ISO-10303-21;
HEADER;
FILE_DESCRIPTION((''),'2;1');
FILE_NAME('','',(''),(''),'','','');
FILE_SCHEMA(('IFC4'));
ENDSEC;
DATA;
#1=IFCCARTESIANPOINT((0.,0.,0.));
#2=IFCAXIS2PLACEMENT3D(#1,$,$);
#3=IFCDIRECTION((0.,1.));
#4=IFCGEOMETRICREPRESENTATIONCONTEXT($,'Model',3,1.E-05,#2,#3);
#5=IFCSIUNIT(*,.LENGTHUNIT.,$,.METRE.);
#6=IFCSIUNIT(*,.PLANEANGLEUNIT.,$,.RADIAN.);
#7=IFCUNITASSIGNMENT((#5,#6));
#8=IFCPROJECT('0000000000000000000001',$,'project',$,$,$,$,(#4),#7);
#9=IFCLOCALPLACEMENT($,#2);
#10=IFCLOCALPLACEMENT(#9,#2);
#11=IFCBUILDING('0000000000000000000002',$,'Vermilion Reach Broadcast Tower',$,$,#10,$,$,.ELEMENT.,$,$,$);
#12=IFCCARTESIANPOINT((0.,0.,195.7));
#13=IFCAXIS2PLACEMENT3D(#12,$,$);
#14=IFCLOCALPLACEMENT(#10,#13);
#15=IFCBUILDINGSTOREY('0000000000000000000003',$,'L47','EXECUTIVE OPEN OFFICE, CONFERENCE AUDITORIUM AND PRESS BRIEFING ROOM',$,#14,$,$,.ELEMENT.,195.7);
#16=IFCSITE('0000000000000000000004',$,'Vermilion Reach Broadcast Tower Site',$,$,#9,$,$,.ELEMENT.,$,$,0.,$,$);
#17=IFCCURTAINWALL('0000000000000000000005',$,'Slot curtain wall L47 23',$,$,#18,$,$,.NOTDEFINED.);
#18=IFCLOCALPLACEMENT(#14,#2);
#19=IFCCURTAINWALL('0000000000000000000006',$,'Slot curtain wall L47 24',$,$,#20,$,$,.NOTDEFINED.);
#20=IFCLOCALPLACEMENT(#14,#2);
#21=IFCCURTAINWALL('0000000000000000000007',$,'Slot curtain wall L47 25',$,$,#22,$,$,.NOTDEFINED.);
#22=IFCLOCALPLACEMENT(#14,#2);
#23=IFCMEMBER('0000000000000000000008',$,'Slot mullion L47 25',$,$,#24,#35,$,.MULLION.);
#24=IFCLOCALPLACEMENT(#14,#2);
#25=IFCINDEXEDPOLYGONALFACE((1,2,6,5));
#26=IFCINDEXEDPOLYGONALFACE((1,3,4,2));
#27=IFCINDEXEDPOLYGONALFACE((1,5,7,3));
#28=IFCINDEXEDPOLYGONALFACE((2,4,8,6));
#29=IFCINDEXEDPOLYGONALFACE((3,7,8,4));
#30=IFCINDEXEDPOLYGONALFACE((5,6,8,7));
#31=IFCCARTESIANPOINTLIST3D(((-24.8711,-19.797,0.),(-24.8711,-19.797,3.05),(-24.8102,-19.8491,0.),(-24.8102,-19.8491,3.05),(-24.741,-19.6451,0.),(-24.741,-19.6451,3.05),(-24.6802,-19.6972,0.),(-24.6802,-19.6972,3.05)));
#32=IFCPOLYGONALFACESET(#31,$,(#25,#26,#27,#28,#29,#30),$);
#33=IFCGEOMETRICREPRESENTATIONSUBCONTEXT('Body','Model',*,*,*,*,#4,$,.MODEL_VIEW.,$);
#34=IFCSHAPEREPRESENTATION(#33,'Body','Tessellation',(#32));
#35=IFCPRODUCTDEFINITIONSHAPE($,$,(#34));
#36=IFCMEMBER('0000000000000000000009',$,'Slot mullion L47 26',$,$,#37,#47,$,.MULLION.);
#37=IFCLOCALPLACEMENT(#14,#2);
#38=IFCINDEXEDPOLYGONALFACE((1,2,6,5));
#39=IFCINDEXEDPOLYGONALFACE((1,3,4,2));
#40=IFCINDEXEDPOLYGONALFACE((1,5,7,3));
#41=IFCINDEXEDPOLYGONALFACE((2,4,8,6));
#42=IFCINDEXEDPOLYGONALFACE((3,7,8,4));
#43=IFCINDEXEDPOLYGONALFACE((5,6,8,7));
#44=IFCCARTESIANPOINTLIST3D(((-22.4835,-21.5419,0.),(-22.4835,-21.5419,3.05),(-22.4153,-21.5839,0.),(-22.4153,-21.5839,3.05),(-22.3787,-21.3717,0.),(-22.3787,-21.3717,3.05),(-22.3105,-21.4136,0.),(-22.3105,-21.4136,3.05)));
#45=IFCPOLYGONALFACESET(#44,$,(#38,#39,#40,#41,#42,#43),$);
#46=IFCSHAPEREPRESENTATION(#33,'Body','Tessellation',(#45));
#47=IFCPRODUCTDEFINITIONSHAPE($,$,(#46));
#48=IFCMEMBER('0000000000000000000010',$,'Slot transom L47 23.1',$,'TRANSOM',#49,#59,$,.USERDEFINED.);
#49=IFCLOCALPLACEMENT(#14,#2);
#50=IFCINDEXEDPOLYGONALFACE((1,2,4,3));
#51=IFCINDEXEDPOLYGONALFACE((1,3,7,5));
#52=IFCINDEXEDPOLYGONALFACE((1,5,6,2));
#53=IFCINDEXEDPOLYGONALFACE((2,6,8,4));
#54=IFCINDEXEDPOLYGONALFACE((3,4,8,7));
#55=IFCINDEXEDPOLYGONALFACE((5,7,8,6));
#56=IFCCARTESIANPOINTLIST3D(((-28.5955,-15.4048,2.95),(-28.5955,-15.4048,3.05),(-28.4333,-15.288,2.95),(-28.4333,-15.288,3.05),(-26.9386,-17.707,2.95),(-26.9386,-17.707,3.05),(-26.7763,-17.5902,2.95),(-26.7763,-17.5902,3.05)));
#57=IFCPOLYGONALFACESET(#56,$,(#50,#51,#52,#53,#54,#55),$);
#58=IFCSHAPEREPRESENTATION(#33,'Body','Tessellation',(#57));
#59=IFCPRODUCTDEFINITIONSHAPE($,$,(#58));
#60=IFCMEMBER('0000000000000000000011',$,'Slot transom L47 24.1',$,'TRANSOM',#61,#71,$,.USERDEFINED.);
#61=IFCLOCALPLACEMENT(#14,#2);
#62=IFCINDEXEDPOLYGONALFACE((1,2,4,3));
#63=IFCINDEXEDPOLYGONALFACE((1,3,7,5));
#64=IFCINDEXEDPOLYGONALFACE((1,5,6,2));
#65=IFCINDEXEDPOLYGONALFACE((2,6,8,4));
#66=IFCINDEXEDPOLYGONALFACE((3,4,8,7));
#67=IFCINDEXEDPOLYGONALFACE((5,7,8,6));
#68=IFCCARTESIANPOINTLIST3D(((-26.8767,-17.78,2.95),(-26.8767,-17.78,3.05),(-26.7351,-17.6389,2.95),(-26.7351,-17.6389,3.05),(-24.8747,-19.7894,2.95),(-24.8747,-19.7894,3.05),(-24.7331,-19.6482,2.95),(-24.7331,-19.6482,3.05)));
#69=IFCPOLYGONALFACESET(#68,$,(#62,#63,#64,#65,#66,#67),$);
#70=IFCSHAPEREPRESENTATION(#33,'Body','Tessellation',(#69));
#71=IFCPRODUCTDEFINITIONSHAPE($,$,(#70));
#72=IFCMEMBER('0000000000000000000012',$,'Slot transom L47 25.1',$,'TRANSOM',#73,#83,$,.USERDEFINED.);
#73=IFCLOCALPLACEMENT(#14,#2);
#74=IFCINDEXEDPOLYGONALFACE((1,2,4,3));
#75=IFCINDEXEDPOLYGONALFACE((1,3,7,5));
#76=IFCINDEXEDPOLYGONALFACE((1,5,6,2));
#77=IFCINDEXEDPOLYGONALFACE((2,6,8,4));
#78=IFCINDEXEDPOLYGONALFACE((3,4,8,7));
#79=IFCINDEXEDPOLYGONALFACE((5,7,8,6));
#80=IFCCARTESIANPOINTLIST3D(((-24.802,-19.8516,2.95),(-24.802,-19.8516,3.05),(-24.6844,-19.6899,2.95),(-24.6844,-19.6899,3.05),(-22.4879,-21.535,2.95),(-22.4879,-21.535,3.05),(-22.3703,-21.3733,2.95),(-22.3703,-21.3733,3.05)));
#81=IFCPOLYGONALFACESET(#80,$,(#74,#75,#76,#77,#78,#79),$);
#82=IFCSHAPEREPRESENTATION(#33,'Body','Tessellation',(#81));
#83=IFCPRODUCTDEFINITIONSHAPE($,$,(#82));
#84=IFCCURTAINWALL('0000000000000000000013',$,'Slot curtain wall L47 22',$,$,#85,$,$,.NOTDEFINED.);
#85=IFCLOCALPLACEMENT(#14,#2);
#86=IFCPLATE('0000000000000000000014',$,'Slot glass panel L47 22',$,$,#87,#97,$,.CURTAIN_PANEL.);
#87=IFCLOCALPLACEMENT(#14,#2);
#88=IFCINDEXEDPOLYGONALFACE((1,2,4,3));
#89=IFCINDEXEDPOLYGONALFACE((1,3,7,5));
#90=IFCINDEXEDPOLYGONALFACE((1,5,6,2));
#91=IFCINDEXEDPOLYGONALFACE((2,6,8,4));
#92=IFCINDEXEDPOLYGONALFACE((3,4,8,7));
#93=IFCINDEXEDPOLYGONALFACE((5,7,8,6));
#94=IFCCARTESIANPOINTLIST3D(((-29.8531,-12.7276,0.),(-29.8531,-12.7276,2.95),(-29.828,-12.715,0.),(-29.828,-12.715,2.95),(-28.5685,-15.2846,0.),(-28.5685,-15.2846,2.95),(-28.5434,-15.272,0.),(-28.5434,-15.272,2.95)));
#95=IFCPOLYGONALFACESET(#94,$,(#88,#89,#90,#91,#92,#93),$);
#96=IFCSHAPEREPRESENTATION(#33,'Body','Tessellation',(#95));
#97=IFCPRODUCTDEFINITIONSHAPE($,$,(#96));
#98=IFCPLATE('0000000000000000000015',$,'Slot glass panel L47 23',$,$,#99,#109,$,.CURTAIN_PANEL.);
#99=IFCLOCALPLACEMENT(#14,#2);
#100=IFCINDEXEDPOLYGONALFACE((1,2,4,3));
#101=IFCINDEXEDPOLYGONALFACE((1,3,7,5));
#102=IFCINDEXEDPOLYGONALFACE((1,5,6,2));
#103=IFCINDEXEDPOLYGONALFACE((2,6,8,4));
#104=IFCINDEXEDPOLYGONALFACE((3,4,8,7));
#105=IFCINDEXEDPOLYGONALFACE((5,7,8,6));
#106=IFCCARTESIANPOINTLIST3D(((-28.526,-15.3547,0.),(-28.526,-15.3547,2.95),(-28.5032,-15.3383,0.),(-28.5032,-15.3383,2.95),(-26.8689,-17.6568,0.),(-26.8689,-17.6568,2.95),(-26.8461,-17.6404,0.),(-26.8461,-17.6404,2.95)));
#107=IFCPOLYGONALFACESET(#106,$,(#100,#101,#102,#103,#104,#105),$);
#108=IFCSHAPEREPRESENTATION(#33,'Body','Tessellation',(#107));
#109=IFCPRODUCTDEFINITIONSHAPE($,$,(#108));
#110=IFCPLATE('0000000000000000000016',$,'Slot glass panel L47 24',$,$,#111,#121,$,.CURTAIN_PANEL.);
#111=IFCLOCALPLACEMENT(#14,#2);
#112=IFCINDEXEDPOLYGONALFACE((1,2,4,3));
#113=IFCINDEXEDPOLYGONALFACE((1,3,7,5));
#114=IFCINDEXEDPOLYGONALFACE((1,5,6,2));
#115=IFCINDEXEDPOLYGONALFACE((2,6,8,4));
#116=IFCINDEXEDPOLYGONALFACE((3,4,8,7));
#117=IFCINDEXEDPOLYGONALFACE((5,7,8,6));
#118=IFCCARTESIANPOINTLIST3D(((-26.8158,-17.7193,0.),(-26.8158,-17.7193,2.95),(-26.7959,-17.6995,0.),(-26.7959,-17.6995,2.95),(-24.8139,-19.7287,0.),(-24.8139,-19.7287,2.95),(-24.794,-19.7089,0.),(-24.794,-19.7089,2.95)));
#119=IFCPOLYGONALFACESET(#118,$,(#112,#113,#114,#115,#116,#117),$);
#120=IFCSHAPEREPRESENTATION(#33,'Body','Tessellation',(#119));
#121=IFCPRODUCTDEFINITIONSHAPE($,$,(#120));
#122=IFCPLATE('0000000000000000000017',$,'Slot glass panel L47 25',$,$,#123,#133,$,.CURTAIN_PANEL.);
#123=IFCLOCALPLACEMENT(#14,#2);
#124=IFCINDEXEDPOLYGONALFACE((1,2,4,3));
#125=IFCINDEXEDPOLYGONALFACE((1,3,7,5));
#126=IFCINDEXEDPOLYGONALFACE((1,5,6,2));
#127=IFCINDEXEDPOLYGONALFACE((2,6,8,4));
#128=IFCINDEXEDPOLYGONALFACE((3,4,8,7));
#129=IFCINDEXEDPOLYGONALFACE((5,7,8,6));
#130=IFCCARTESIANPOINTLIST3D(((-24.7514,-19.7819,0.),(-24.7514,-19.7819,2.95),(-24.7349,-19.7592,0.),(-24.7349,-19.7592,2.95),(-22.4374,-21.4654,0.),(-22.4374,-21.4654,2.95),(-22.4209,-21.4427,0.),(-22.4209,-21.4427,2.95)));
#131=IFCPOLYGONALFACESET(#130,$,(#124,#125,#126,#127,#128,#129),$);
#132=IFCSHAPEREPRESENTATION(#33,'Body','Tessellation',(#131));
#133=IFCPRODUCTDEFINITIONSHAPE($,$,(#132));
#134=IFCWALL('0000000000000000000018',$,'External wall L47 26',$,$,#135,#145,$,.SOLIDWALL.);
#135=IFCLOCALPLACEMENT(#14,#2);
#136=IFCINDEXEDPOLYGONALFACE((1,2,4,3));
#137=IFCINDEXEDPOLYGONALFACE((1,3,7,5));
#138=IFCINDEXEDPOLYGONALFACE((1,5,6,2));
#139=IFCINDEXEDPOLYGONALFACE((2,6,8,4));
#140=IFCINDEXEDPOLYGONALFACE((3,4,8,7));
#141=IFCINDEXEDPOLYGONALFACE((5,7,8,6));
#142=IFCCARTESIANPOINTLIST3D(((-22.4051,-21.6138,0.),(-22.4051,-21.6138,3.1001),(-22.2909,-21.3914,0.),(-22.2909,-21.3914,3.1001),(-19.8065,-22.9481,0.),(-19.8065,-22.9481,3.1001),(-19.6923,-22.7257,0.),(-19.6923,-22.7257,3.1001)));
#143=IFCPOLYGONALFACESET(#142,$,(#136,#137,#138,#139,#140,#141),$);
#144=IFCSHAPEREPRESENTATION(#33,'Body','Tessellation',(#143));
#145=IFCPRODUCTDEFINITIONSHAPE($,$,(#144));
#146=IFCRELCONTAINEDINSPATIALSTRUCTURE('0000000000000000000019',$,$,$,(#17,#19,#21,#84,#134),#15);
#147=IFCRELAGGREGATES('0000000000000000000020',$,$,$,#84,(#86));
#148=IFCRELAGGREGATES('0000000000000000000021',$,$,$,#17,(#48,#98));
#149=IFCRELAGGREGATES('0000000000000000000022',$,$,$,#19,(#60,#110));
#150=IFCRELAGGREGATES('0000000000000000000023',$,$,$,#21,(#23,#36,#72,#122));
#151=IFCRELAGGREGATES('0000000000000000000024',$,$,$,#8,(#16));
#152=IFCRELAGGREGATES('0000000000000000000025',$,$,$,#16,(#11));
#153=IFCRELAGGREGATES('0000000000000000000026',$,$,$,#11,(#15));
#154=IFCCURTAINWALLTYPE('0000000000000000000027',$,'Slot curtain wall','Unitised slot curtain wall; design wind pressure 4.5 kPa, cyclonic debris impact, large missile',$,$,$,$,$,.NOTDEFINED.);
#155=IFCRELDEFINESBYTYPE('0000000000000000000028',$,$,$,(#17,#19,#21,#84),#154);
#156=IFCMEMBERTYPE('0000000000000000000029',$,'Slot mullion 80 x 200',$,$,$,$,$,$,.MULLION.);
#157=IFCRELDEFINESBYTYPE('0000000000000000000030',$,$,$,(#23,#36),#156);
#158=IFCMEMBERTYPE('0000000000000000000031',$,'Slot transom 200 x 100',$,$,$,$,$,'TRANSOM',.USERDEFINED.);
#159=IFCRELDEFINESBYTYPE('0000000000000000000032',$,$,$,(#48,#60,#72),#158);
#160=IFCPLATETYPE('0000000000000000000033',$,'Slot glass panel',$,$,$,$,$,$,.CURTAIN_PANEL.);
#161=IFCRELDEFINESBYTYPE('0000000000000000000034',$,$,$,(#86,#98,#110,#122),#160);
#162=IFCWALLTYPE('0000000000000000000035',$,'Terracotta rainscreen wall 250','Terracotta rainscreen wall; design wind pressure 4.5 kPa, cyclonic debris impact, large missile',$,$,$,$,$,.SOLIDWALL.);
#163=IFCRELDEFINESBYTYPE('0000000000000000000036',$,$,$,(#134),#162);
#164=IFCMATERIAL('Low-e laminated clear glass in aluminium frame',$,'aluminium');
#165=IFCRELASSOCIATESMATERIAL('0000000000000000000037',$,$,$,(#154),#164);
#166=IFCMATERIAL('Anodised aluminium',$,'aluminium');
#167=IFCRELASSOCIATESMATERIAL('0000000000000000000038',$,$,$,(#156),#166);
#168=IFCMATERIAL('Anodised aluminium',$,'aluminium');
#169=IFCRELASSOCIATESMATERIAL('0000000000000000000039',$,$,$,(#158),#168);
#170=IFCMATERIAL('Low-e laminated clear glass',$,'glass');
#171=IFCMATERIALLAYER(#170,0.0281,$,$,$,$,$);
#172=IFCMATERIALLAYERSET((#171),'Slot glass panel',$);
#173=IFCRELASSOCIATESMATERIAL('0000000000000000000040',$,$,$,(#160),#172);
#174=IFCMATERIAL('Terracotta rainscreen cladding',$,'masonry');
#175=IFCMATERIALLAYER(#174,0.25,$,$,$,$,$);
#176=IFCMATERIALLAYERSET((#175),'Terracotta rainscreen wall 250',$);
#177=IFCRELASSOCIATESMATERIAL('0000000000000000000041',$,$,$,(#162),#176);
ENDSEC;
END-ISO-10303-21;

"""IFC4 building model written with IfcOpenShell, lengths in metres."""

from ifc_helpers import new_model, si_unit, direction, frame, frame_2d, origin, origin_2d, place, context, subcontext, project, spatial, rectangle, extrude, material, layer, layer_set, material_profile, profile_set, type_object, element, aggregate, save


model = new_model("IFC4")

# Units and contexts
model_context = context("Model", 3, precision=1e-05, world=origin(), true_north=direction((0.0, 1.0)))
body_context = subcontext(model_context, "Body", "Model", "MODEL_VIEW")
ifc_project = project(units=[si_unit("LENGTHUNIT", "METRE"), si_unit("PLANEANGLEUNIT", "RADIAN")], contexts=[model_context])

# Site, building, storey
site_placement = place(None, origin())
site = spatial("IfcSite", under=ifc_project, at=site_placement, Name="Vermilion Reach Broadcast Tower Site", CompositionType="ELEMENT", RefElevation=0.0)
building_placement = place(site_placement, origin())
building = spatial("IfcBuilding", under=site, at=building_placement, Name="Vermilion Reach Broadcast Tower", CompositionType="ELEMENT")
storey_placement = place(building_placement, frame((0.0, 0.0, 195.7)))
storey = spatial("IfcBuildingStorey", under=building, at=storey_placement, Name="L47", Description="EXECUTIVE OPEN OFFICE, CONFERENCE AUDITORIUM AND PRESS BRIEFING ROOM", CompositionType="ELEMENT", Elevation=195.7)

# Curtain walls
ifc_material_1 = material(Name="Low-e laminated clear glass in aluminium frame", Category="aluminium")
curtain_wall_type = type_object("IfcCurtainWallType", Name="Slot curtain wall", Description="Unitised slot curtain wall; design wind pressure 4.5 kPa, cyclonic debris impact, large missile", PredefinedType="NOTDEFINED", material=ifc_material_1)
placement = place(storey_placement, origin())
curtain_wall_1 = element("IfcCurtainWall", 1, at=placement, inside=storey, type_object=curtain_wall_type, Name="Slot curtain wall L47 23", PredefinedType="NOTDEFINED")
ifc_material_2 = material(Name="Anodised aluminium", Category="aluminium")
ifc_material_profile_1 = material_profile(ifc_material_2, rectangle(XDim=0.2, YDim=0.0801, at=origin_2d()), Name="Slot mullion 80 x 200")
ifc_profile_set_1 = profile_set([ifc_material_profile_1], Name="Anodised aluminium")
member_type_1 = type_object("IfcMemberType", Name="Slot mullion 80 x 200", PredefinedType="MULLION", material=ifc_profile_set_1)
curtain_wall_2 = element("IfcCurtainWall", 2, at=placement, inside=storey, type_object=curtain_wall_type, Name="Slot curtain wall L47 24", PredefinedType="NOTDEFINED")

# Curtain wall, members
curtain_wall_3 = element("IfcCurtainWall", 3, at=placement, inside=storey, type_object=curtain_wall_type, Name="Slot curtain wall L47 25", PredefinedType="NOTDEFINED")
member_1_placement = place(storey_placement, frame((-24.7756, -19.7471, 0.0), z_axis=(0.0, 0.0, 1.0), x_axis=(0.650391, 0.759599, 0.0)))
member_1 = element("IfcMember", 4, at=member_1_placement, type_object=member_type_1, Name="Slot mullion L47 25", PredefinedType="MULLION", context=body_context, shape_type="SweptSolid", body=[
    extrude(rectangle(XDim=0.2, YDim=0.0801, at=origin_2d()), origin(), (0.0, 0.0, 1.0), 3.05),
])
member_2_placement = place(storey_placement, frame((-22.397, -21.4778, 0.0), z_axis=(0.0, 0.0, 1.0), x_axis=(0.524083, 0.851667, 0.0)))
member_2 = element("IfcMember", 5, at=member_2_placement, type_object=member_type_1, Name="Slot mullion L47 26", PredefinedType="MULLION", context=body_context, shape_type="SweptSolid", body=[
    extrude(rectangle(XDim=0.2, YDim=0.0801, at=origin_2d()), origin(), (0.0, 0.0, 1.0), 3.05),
])

# Members
ifc_material_3 = material(Name="Anodised aluminium", Category="aluminium")
ifc_material_profile_2 = material_profile(ifc_material_3, rectangle(XDim=0.2, YDim=0.1001, at=origin_2d()), Name="Slot transom 200 x 100")
ifc_profile_set_2 = profile_set([ifc_material_profile_2], Name="Anodised aluminium")
member_type_2 = type_object("IfcMemberType", Name="Slot transom 200 x 100", ElementType="TRANSOM", PredefinedType="USERDEFINED", material=ifc_profile_set_2)
member_3_placement = place(storey_placement, frame((-28.5144, -15.3464, 3.0), z_axis=(0.584157, -0.81164, 0.0), x_axis=(0.81164, 0.584157, 0.0)))
member_3 = element("IfcMember", 6, at=member_3_placement, type_object=member_type_2, Name="Slot transom L47 23.1", ObjectType="TRANSOM", PredefinedType="USERDEFINED", context=body_context, shape_type="SweptSolid", body=[
    extrude(rectangle(XDim=0.2, YDim=0.1001, at=origin_2d()), origin(), (0.0, 0.0, 1.0), 2.8364),
])
member_4_placement = place(storey_placement, frame((-26.8059, -17.7095, 3.0), z_axis=(0.705814, -0.708397, 0.0), x_axis=(0.708397, 0.705814, 0.0)))
member_4 = element("IfcMember", 7, at=member_4_placement, type_object=member_type_2, Name="Slot transom L47 24.1", ObjectType="TRANSOM", PredefinedType="USERDEFINED", context=body_context, shape_type="SweptSolid", body=[
    extrude(rectangle(XDim=0.2, YDim=0.1001, at=origin_2d()), origin(), (0.0, 0.0, 1.0), 2.8364),
])
member_5_placement = place(storey_placement, frame((-24.7432, -19.7708, 3.0), z_axis=(0.808659, -0.588278, 0.0), x_axis=(0.588278, 0.808659, 0.0)))
member_5 = element("IfcMember", 8, at=member_5_placement, type_object=member_type_2, Name="Slot transom L47 25.1", ObjectType="TRANSOM", PredefinedType="USERDEFINED", context=body_context, shape_type="SweptSolid", body=[
    extrude(rectangle(XDim=0.2, YDim=0.1001, at=origin_2d()), origin(), (0.0, 0.0, 1.0), 2.8616),
])

# Curtain wall, plate
curtain_wall_4 = element("IfcCurtainWall", 9, at=placement, inside=storey, type_object=curtain_wall_type, Name="Slot curtain wall L47 22", PredefinedType="NOTDEFINED")
ifc_material_4 = material(Name="Low-e laminated clear glass", Category="glass")
ifc_layer_1 = layer(ifc_material_4, 0.0281)
ifc_layer_set_1 = layer_set([ifc_layer_1], Name="Slot glass panel")
plate_type = type_object("IfcPlateType", Name="Slot glass panel", PredefinedType="CURTAIN_PANEL", material=ifc_layer_set_1)
plate_1_placement = place(storey_placement, frame((-29.1982, -13.9998, 0.0), z_axis=(0.0, 0.0, 1.0), x_axis=(0.448936, -0.893564, 0.0)))
plate_1 = element("IfcPlate", 10, at=plate_1_placement, type_object=plate_type, Name="Slot glass panel L47 22", PredefinedType="CURTAIN_PANEL", context=body_context, shape_type="SweptSolid", body=[
    extrude(rectangle(XDim=2.8616, YDim=0.0281, at=origin_2d()), origin(), (0.0, 0.0, 1.0), 2.95),
])
aggregate(curtain_wall_4, [plate_1])

# Plates
plate_2_placement = place(storey_placement, frame((-27.686, -16.4976, 0.0), z_axis=(0.0, 0.0, 1.0), x_axis=(0.584204, -0.811607, 0.0)))
plate_2 = element("IfcPlate", 11, at=plate_2_placement, type_object=plate_type, Name="Slot glass panel L47 23", PredefinedType="CURTAIN_PANEL", context=body_context, shape_type="SweptSolid", body=[
    extrude(rectangle(XDim=2.8364, YDim=0.0281, at=origin_2d()), origin(), (0.0, 0.0, 1.0), 2.95),
])
aggregate(curtain_wall_1, [member_3, plate_2])
plate_3_placement = place(storey_placement, frame((-25.8049, -18.7141, 0.0), z_axis=(0.0, 0.0, 1.0), x_axis=(0.705788, -0.708423, 0.0)))
plate_3 = element("IfcPlate", 12, at=plate_3_placement, type_object=plate_type, Name="Slot glass panel L47 24", PredefinedType="CURTAIN_PANEL", context=body_context, shape_type="SweptSolid", body=[
    extrude(rectangle(XDim=2.8364, YDim=0.0281, at=origin_2d()), origin(), (0.0, 0.0, 1.0), 2.95),
])
aggregate(curtain_wall_2, [member_4, plate_3])
plate_4_placement = place(storey_placement, frame((-23.5862, -20.6123, 0.0), z_axis=(0.0, 0.0, 1.0), x_axis=(0.808653, -0.588286, 0.0)))
plate_4 = element("IfcPlate", 13, at=plate_4_placement, type_object=plate_type, Name="Slot glass panel L47 25", PredefinedType="CURTAIN_PANEL", context=body_context, shape_type="SweptSolid", body=[
    extrude(rectangle(XDim=2.8616, YDim=0.0281, at=origin_2d()), origin(), (0.0, 0.0, 1.0), 2.95),
])
aggregate(curtain_wall_3, [member_1, member_2, member_5, plate_4])

# Wall
ifc_material_5 = material(Name="Terracotta rainscreen cladding", Category="masonry")
ifc_layer_2 = layer(ifc_material_5, 0.25)
ifc_layer_set_2 = layer_set([ifc_layer_2], Name="Terracotta rainscreen wall 250")
wall_type = type_object("IfcWallType", Name="Terracotta rainscreen wall 250", Description="Terracotta rainscreen wall; design wind pressure 4.5 kPa, cyclonic debris impact, large missile", PredefinedType="SOLIDWALL", material=ifc_layer_set_2)
wall_placement = place(storey_placement, frame((-22.3479, -21.5027, 0.0), z_axis=(0.0, 0.0, 1.0), x_axis=(0.889595, -0.456749, 0.0)))
element("IfcWall", 14, at=wall_placement, inside=storey, type_object=wall_type, Name="External wall L47 26", PredefinedType="SOLIDWALL", context=body_context, shape_type="SweptSolid", body=[
    extrude(rectangle(XDim=2.9211, YDim=0.25, at=frame_2d((1.4604, 0.0))), origin(), (0.0, 0.0, 1.0), 3.1001),
])

save(model, "model.ifc")
